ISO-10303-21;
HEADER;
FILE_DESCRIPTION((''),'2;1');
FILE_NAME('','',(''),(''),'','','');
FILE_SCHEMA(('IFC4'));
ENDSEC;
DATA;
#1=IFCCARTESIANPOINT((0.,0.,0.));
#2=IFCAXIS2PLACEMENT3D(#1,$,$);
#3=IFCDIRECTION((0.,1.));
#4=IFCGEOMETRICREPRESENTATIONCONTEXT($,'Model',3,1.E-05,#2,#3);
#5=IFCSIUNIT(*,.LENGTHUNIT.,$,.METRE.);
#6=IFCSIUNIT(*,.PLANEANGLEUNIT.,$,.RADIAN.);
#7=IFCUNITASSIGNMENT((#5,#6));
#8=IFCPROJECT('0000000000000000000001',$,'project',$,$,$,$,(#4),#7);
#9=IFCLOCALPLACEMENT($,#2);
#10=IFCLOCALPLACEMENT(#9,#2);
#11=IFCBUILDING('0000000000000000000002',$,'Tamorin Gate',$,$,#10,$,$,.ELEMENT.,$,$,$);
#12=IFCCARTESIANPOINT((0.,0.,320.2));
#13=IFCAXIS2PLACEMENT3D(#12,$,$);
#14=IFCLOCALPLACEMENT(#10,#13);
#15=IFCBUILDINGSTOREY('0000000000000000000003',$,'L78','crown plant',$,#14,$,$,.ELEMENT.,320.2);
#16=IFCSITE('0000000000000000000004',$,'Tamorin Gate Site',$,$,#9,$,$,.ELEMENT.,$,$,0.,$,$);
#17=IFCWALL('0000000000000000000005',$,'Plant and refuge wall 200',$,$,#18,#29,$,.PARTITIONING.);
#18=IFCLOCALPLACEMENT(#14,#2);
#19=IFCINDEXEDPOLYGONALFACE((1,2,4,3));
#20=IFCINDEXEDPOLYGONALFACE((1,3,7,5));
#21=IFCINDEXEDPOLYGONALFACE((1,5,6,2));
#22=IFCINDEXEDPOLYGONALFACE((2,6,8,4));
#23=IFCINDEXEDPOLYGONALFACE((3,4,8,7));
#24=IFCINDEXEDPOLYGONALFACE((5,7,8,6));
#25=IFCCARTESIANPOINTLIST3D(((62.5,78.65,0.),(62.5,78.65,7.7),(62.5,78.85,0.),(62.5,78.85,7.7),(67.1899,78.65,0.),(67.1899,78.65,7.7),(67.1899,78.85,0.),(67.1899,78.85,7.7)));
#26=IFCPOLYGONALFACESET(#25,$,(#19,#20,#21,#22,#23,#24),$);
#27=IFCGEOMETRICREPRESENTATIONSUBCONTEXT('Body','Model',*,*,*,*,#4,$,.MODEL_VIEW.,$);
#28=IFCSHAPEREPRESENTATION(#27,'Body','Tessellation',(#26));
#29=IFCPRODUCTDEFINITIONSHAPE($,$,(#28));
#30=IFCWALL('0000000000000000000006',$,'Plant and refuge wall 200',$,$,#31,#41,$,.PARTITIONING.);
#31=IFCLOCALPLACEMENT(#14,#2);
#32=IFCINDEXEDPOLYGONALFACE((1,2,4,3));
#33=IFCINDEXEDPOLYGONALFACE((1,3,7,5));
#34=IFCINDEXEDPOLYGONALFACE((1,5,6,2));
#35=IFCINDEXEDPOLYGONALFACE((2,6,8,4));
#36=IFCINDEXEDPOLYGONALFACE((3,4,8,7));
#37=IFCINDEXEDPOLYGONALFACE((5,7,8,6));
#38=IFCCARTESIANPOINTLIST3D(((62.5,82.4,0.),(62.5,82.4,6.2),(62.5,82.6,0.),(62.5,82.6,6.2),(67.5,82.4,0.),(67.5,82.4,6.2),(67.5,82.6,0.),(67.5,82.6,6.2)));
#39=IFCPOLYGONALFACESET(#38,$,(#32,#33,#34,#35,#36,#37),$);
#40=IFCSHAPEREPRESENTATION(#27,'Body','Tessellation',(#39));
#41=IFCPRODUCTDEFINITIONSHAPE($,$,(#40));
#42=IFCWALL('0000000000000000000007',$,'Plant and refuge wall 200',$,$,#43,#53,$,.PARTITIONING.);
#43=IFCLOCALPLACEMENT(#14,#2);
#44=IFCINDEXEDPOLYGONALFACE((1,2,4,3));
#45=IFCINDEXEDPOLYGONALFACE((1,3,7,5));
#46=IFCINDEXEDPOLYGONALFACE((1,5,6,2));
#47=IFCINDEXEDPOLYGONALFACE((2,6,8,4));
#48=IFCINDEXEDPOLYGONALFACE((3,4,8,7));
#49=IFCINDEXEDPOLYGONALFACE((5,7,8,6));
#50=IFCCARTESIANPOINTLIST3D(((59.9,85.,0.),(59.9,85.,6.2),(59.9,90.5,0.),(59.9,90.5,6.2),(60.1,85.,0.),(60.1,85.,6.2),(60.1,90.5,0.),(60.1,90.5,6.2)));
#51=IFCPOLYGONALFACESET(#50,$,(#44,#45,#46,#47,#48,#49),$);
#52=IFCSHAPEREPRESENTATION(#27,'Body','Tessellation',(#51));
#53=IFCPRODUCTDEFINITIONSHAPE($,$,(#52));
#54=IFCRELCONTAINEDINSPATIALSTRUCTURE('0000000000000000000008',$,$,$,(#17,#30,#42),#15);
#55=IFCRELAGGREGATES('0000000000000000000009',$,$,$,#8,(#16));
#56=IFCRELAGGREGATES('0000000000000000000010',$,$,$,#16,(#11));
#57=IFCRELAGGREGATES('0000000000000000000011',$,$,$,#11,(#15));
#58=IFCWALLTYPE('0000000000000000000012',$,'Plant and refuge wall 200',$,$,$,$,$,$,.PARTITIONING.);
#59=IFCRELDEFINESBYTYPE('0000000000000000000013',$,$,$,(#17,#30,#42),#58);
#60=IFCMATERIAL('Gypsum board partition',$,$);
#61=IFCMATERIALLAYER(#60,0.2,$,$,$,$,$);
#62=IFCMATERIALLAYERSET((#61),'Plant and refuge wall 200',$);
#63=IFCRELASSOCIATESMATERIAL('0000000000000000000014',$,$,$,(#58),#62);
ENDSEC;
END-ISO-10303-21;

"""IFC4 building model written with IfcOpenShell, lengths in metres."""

from ifc_helpers import new_model, si_unit, direction, frame, frame_2d, origin, place, context, subcontext, project, spatial, rectangle, extrude, material, layer, layer_set, type_object, element, save


model = new_model("IFC4")

# Units and contexts
model_context = context("Model", 3, precision=1e-05, world=origin(), true_north=direction((0.0, 1.0)))
body_context = subcontext(model_context, "Body", "Model", "MODEL_VIEW")
ifc_project = project(units=[si_unit("LENGTHUNIT", "METRE"), si_unit("PLANEANGLEUNIT", "RADIAN")], contexts=[model_context])

# Site, building, storey
site_placement = place(None, origin())
site = spatial("IfcSite", under=ifc_project, at=site_placement, Name="Tamorin Gate Site", CompositionType="ELEMENT", RefElevation=0.0)
building_placement = place(site_placement, origin())
building = spatial("IfcBuilding", under=site, at=building_placement, Name="Tamorin Gate", CompositionType="ELEMENT")
storey_placement = place(building_placement, frame((0.0, 0.0, 320.2)))
storey = spatial("IfcBuildingStorey", under=building, at=storey_placement, Name="L78", Description="crown plant", CompositionType="ELEMENT", Elevation=320.2)

# Walls
ifc_material_1 = material(Name="Gypsum board partition")
ifc_layer_1 = layer(ifc_material_1, 0.2)
ifc_layer_set_1 = layer_set([ifc_layer_1], Name="Plant and refuge wall 200")
wall_type_1 = type_object("IfcWallType", Name="Plant and refuge wall 200", PredefinedType="PARTITIONING", material=ifc_layer_set_1)
wall_1_placement = place(storey_placement, frame((62.5, 78.75, 0.0), z_axis=(0.0, 0.0, 1.0), x_axis=(1.0, 0.0, 0.0)))
element("IfcWall", 1, at=wall_1_placement, inside=storey, type_object=wall_type_1, Name="Plant and refuge wall 200", PredefinedType="PARTITIONING", context=body_context, shape_type="SweptSolid", body=[
    extrude(rectangle(XDim=4.6899, YDim=0.2, at=frame_2d((2.345, 0.0))), origin(), (0.0, 0.0, 1.0), 7.7),
])
wall_2_placement = place(storey_placement, frame((62.5, 82.5, 0.0), z_axis=(0.0, 0.0, 1.0), x_axis=(1.0, 0.0, 0.0)))
element("IfcWall", 2, at=wall_2_placement, inside=storey, type_object=wall_type_1, Name="Plant and refuge wall 200", PredefinedType="PARTITIONING", context=body_context, shape_type="SweptSolid", body=[
    extrude(rectangle(XDim=5.0, YDim=0.2, at=frame_2d((2.5, 0.0))), origin(), (0.0, 0.0, 1.0), 6.2),
])
wall_3_placement = place(storey_placement, frame((60.0, 85.0, 0.0), z_axis=(0.0, 0.0, 1.0), x_axis=(0.0, 1.0, 0.0)))
element("IfcWall", 3, at=wall_3_placement, inside=storey, type_object=wall_type_1, Name="Plant and refuge wall 200", PredefinedType="PARTITIONING", context=body_context, shape_type="SweptSolid", body=[
    extrude(rectangle(XDim=5.5, YDim=0.2, at=frame_2d((2.75, 0.0))), origin(), (0.0, 0.0, 1.0), 6.2),
])

save(model, "model.ifc")
